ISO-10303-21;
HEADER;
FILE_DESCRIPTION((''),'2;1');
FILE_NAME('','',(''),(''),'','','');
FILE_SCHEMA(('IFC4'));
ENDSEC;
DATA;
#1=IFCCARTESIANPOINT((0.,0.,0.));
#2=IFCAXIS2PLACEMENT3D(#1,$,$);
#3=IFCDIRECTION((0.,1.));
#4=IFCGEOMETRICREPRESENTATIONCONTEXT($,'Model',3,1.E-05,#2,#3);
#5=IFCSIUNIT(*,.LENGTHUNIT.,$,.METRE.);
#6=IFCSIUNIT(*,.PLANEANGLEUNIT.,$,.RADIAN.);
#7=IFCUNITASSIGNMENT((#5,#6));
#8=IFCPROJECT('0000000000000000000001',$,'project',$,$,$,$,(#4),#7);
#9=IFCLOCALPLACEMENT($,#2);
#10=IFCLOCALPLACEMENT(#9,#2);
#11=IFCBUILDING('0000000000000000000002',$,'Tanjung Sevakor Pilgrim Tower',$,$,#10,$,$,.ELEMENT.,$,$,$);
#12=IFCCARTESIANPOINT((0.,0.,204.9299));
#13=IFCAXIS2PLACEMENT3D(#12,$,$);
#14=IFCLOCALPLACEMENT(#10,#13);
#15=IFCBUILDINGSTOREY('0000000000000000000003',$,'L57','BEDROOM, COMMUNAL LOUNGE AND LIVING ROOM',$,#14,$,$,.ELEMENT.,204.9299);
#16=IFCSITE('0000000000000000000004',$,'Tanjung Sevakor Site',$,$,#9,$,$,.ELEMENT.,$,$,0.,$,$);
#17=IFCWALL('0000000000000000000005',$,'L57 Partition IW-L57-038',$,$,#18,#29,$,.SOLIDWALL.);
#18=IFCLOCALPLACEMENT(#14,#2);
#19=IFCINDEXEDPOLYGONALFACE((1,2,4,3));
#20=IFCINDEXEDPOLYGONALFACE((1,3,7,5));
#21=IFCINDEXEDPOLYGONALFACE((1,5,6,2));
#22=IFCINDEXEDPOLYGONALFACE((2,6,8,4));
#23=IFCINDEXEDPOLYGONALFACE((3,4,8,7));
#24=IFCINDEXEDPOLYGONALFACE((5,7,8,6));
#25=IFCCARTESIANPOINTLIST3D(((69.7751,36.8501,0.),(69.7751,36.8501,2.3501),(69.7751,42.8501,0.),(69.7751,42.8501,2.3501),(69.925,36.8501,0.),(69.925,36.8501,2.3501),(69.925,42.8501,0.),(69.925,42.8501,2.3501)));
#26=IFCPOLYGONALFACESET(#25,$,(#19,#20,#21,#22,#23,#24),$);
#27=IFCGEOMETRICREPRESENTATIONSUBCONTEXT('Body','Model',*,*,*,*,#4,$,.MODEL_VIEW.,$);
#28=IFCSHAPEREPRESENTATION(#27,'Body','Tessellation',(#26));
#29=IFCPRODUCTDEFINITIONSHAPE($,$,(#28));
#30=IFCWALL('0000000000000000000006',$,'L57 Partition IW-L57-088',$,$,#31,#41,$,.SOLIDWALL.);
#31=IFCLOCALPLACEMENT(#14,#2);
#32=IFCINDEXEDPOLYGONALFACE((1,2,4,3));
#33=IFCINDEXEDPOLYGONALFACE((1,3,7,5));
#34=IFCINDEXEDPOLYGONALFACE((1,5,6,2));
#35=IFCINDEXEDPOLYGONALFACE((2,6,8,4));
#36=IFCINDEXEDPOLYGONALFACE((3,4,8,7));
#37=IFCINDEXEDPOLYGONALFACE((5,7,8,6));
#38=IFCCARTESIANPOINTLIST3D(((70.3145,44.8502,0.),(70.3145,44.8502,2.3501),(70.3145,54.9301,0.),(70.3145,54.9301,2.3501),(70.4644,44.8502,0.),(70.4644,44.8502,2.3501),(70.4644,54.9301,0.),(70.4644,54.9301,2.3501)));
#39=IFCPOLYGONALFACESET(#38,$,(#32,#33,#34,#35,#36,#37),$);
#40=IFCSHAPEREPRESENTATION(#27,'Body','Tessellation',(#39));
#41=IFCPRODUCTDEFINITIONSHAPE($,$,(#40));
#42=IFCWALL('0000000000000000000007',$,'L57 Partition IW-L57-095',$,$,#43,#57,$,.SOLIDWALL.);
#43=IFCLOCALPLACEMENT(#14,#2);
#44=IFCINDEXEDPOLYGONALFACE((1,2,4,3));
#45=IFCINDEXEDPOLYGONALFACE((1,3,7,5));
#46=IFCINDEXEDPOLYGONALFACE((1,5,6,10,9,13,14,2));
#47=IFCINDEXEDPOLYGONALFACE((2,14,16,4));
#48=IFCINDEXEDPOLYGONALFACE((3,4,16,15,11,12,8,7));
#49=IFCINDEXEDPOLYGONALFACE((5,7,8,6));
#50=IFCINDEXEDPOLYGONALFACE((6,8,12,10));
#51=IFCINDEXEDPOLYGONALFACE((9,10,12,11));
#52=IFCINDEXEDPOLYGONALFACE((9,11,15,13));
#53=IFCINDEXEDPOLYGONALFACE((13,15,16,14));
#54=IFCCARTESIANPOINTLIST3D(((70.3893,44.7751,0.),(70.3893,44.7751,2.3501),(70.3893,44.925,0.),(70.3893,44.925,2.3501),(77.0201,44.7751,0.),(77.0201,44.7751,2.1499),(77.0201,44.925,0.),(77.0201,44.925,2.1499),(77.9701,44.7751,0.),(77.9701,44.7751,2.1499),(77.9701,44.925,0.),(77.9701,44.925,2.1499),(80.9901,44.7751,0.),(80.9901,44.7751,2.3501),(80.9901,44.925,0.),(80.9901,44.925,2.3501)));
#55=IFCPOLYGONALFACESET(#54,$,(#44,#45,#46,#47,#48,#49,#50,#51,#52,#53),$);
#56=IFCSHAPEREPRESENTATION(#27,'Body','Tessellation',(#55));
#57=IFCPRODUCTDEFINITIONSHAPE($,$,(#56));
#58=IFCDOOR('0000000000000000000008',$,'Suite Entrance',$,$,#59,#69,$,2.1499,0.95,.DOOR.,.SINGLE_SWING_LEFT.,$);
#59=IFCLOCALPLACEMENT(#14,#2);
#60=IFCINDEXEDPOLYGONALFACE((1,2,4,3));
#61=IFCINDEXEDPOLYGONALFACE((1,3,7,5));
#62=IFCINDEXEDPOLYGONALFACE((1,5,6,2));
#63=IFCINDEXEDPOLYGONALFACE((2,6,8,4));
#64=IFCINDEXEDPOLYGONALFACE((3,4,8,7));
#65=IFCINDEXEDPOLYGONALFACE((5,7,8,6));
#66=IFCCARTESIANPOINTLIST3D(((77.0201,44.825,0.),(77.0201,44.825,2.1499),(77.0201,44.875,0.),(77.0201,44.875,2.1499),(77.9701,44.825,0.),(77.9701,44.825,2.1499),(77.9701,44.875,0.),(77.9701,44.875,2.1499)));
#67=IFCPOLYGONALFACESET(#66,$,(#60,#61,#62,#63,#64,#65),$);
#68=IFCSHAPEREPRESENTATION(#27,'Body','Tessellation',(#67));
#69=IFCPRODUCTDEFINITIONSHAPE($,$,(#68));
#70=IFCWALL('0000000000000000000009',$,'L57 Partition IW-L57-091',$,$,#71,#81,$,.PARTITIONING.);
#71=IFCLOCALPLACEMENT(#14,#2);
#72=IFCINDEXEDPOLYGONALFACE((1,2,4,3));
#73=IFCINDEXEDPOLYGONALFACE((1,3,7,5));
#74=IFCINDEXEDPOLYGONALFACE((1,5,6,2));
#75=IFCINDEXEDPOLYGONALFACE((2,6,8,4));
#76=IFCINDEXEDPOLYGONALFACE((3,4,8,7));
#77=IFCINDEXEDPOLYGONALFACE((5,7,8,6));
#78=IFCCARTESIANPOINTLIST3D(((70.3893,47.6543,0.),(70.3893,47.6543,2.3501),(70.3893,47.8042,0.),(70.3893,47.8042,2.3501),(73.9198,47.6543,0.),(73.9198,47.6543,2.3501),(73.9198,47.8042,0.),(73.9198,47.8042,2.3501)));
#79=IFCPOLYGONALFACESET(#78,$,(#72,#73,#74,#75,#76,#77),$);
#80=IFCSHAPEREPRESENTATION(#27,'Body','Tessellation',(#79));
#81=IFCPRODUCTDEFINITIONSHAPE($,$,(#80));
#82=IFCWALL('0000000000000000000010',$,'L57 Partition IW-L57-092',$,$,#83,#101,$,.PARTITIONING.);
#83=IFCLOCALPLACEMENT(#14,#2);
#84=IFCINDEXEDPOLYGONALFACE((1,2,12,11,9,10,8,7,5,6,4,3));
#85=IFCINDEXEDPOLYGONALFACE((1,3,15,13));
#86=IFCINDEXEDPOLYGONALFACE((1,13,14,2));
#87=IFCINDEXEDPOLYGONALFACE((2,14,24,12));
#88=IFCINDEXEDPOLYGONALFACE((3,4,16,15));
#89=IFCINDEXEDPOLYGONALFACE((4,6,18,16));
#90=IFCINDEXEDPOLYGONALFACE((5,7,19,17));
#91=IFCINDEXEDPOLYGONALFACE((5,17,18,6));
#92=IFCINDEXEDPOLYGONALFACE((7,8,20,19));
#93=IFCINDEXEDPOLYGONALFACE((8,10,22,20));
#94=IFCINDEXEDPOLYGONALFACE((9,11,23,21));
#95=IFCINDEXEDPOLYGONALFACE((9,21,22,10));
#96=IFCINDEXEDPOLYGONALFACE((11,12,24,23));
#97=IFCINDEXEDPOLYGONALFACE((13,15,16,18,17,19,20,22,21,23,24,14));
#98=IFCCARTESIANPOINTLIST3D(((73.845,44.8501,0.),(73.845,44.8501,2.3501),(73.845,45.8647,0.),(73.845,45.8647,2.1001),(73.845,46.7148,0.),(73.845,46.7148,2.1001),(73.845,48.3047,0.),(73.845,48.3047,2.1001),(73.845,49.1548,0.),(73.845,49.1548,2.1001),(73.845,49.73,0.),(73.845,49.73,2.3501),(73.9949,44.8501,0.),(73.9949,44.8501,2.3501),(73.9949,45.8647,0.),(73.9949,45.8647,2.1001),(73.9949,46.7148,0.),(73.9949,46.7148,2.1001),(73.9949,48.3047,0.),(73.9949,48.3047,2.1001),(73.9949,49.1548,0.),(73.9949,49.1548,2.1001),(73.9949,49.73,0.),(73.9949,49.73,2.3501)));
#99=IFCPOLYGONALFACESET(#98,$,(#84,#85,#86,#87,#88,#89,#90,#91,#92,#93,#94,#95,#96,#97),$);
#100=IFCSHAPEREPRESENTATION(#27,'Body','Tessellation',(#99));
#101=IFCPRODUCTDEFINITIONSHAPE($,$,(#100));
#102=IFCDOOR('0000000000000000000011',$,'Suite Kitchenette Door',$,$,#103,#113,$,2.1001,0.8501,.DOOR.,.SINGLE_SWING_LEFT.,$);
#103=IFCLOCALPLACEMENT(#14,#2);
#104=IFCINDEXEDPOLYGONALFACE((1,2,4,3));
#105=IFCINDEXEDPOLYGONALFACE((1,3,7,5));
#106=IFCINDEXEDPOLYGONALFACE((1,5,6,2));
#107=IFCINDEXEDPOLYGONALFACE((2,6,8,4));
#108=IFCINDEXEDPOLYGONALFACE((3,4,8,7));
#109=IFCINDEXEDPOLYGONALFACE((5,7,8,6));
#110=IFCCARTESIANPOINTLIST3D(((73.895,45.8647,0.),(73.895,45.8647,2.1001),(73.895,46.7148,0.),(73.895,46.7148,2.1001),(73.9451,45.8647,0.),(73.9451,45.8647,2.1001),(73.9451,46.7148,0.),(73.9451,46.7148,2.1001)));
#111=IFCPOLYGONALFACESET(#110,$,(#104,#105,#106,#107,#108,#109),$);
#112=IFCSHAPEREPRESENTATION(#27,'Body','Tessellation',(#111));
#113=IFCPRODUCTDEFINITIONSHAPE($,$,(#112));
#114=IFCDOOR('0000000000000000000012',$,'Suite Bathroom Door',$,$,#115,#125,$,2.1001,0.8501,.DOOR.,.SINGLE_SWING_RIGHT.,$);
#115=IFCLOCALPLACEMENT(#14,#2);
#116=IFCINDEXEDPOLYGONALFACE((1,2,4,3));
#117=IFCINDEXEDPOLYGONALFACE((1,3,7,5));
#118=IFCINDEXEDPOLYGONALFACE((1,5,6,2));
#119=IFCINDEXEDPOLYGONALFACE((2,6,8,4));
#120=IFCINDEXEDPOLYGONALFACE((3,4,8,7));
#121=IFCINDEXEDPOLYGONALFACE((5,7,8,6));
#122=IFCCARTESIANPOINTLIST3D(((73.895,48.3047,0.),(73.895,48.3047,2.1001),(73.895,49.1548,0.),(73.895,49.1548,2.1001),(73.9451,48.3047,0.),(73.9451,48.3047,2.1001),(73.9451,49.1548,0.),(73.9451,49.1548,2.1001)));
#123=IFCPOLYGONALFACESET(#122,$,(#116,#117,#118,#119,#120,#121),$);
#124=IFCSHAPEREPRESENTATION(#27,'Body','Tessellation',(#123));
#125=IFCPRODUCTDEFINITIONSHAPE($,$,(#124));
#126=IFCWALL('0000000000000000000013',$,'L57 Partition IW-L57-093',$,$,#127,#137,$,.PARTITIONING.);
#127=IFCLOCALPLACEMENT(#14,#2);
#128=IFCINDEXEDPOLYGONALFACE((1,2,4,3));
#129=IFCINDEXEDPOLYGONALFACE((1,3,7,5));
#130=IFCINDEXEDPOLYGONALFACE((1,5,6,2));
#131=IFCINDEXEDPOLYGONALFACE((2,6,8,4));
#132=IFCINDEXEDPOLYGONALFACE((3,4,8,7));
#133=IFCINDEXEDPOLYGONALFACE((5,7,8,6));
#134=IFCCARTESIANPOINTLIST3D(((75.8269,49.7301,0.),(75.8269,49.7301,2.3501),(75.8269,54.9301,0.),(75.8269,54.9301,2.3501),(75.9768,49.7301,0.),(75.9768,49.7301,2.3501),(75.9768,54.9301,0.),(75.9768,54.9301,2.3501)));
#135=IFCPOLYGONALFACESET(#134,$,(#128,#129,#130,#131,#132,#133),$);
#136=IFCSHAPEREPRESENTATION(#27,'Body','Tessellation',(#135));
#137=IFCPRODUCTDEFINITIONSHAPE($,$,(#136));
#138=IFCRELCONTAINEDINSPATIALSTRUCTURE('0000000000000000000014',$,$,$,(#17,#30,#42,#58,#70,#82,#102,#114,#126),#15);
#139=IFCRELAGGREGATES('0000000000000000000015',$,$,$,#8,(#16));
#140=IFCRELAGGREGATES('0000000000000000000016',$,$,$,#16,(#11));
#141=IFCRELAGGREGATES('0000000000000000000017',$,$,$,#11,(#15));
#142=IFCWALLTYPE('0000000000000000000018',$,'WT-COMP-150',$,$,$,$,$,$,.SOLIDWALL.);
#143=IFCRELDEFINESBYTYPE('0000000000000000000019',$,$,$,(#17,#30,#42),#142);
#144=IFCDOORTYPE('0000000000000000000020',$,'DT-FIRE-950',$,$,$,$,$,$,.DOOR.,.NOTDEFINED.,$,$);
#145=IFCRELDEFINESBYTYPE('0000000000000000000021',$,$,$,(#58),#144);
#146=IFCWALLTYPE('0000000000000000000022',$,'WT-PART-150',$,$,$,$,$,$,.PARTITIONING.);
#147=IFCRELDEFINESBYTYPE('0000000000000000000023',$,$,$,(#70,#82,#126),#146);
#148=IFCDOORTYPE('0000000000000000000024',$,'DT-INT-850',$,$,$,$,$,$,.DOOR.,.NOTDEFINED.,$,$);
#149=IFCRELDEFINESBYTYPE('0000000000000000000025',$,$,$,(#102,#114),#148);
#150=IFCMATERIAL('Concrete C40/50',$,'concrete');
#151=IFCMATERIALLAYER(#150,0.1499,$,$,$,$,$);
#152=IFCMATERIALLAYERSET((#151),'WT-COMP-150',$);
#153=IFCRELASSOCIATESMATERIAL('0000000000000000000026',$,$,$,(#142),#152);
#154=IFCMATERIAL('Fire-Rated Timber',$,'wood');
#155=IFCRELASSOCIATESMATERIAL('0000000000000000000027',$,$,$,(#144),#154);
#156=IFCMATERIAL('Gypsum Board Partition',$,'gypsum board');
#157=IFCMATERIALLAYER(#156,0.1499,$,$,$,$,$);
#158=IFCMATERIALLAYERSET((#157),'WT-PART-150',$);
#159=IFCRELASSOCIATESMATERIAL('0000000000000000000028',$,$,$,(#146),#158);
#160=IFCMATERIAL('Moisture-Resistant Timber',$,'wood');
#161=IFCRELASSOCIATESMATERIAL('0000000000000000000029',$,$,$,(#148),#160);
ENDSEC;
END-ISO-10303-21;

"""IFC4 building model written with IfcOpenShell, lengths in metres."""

from ifc_helpers import new_model, si_unit, direction, frame, frame_2d, origin, place, context, subcontext, project, spatial, rectangle, extrude, material, layer, layer_set, type_object, element, fill, save


model = new_model("IFC4")

# Units and contexts
model_context = context("Model", 3, precision=1e-05, world=origin(), true_north=direction((0.0, 1.0)))
body_context = subcontext(model_context, "Body", "Model", "MODEL_VIEW")
ifc_project = project(units=[si_unit("LENGTHUNIT", "METRE"), si_unit("PLANEANGLEUNIT", "RADIAN")], contexts=[model_context])

# Site, building, storey
site_placement = place(None, origin())
site = spatial("IfcSite", under=ifc_project, at=site_placement, Name="Tanjung Sevakor Site", CompositionType="ELEMENT", RefElevation=0.0)
building_placement = place(site_placement, origin())
building = spatial("IfcBuilding", under=site, at=building_placement, Name="Tanjung Sevakor Pilgrim Tower", CompositionType="ELEMENT")
storey_placement = place(building_placement, frame((0.0, 0.0, 204.9299)))
storey = spatial("IfcBuildingStorey", under=building, at=storey_placement, Name="L57", Description="BEDROOM, COMMUNAL LOUNGE AND LIVING ROOM", CompositionType="ELEMENT", Elevation=204.9299)

# Shared definitions
ifc_material_1 = material(Name="Concrete C40/50", Category="concrete")
ifc_layer_1 = layer(ifc_material_1, 0.1499)
ifc_layer_set_1 = layer_set([ifc_layer_1], Name="WT-COMP-150")
wall_type_1 = type_object("IfcWallType", Name="WT-COMP-150", PredefinedType="SOLIDWALL", material=ifc_layer_set_1)

# Walls
wall_1_placement = place(storey_placement, frame((69.8501, 36.8501, 0.0), z_axis=(0.0, 0.0, 1.0), x_axis=(0.0, 1.0, 0.0)))
element("IfcWall", 1, at=wall_1_placement, inside=storey, type_object=wall_type_1, Name="L57 Partition IW-L57-038", PredefinedType="SOLIDWALL", context=body_context, shape_type="SweptSolid", body=[
    extrude(rectangle(XDim=6.0, YDim=0.1499, at=frame_2d((3.0, 0.0))), origin(), (0.0, 0.0, 1.0), 2.3501),
])
wall_2_placement = place(storey_placement, frame((70.3894, 44.8501, 0.0), z_axis=(0.0, 0.0, 1.0), x_axis=(0.0, 1.0, 0.0)))
element("IfcWall", 2, at=wall_2_placement, inside=storey, type_object=wall_type_1, Name="L57 Partition IW-L57-088", PredefinedType="SOLIDWALL", context=body_context, shape_type="SweptSolid", body=[
    extrude(rectangle(XDim=10.0798, YDim=0.1499, at=frame_2d((5.04, 0.0))), origin(), (0.0, 0.0, 1.0), 2.3501),
])

# Wall, opening, door
wall_3_placement = place(storey_placement, frame((70.3894, 44.8501, 0.0), z_axis=(0.0, 0.0, 1.0), x_axis=(1.0, 0.0, 0.0)))
wall_3 = element("IfcWall", 3, at=wall_3_placement, inside=storey, type_object=wall_type_1, Name="L57 Partition IW-L57-095", PredefinedType="SOLIDWALL", context=body_context, shape_type="SweptSolid", body=[
    extrude(rectangle(XDim=10.6008, YDim=0.1499, at=frame_2d((5.3003, 0.0))), origin(), (0.0, 0.0, 1.0), 2.3501),
])
opening_1_placement = place(wall_3_placement, frame((6.6306, 0.0, 0.0)))
opening_1 = element("IfcOpeningElement", 4, at=opening_1_placement, cuts=wall_3, PredefinedType="OPENING", context=body_context, shape_type="SweptSolid", body=[
    extrude(rectangle(XDim=0.95, YDim=2.1499, at=frame_2d((0.4751, 1.075))), frame((0.0, 0.085, 0.0), z_axis=(0.0, -1.0, 0.0), x_axis=(1.0, 0.0, 0.0)), (0.0, 0.0, 1.0), 0.1699),
])
ifc_material_2 = material(Name="Fire-Rated Timber", Category="wood")
door_type_1 = type_object("IfcDoorType", Name="DT-FIRE-950", OperationType="NOTDEFINED", PredefinedType="DOOR", material=ifc_material_2)
door_1_placement = place(opening_1_placement, origin())
door_1 = element("IfcDoor", 5, at=door_1_placement, inside=storey, type_object=door_type_1, Name="Suite Entrance", OperationType="SINGLE_SWING_LEFT", OverallHeight=2.1499, OverallWidth=0.95, PredefinedType="DOOR", context=body_context, shape_type="SweptSolid", body=[
    extrude(rectangle(XDim=0.95, YDim=2.1499, at=frame_2d((0.4751, 1.075))), frame((0.0, 0.0249, 0.0), z_axis=(0.0, -1.0, 0.0), x_axis=(1.0, 0.0, 0.0)), (0.0, 0.0, 1.0), 0.05),
])
fill(opening_1, door_1)

# Wall
ifc_material_3 = material(Name="Gypsum Board Partition", Category="gypsum board")
ifc_layer_2 = layer(ifc_material_3, 0.1499)
ifc_layer_set_2 = layer_set([ifc_layer_2], Name="WT-PART-150")
wall_type_2 = type_object("IfcWallType", Name="WT-PART-150", PredefinedType="PARTITIONING", material=ifc_layer_set_2)
wall_4_placement = place(storey_placement, frame((70.3894, 47.7292, 0.0), z_axis=(0.0, 0.0, 1.0), x_axis=(1.0, 0.0, 0.0)))
element("IfcWall", 6, at=wall_4_placement, inside=storey, type_object=wall_type_2, Name="L57 Partition IW-L57-091", PredefinedType="PARTITIONING", context=body_context, shape_type="SweptSolid", body=[
    extrude(rectangle(XDim=3.5305, YDim=0.1499, at=frame_2d((1.7651, 0.0))), origin(), (0.0, 0.0, 1.0), 2.3501),
])

# Wall, openings, doors
wall_5_placement = place(storey_placement, frame((73.9199, 44.8501, 0.0), z_axis=(0.0, 0.0, 1.0), x_axis=(0.0, 1.0, 0.0)))
wall_5 = element("IfcWall", 7, at=wall_5_placement, inside=storey, type_object=wall_type_2, Name="L57 Partition IW-L57-092", PredefinedType="PARTITIONING", context=body_context, shape_type="SweptSolid", body=[
    extrude(rectangle(XDim=4.8799, YDim=0.1499, at=frame_2d((2.4399, 0.0))), origin(), (0.0, 0.0, 1.0), 2.3501),
])
opening_2_placement = place(wall_5_placement, frame((1.0146, 0.0, 0.0)))
opening_2 = element("IfcOpeningElement", 8, at=opening_2_placement, cuts=wall_5, PredefinedType="OPENING", context=body_context, shape_type="SweptSolid", body=[
    extrude(rectangle(XDim=0.8501, YDim=2.1001, at=frame_2d((0.425, 1.05))), frame((0.0, 0.085, 0.0), z_axis=(0.0, -1.0, 0.0), x_axis=(1.0, 0.0, 0.0)), (0.0, 0.0, 1.0), 0.1699),
])
opening_3_placement = place(wall_5_placement, frame((3.4546, 0.0, 0.0)))
opening_3 = element("IfcOpeningElement", 9, at=opening_3_placement, cuts=wall_5, PredefinedType="OPENING", context=body_context, shape_type="SweptSolid", body=[
    extrude(rectangle(XDim=0.8501, YDim=2.1001, at=frame_2d((0.425, 1.05))), frame((0.0, 0.085, 0.0), z_axis=(0.0, -1.0, 0.0), x_axis=(1.0, 0.0, 0.0)), (0.0, 0.0, 1.0), 0.1699),
])
ifc_material_4 = material(Name="Moisture-Resistant Timber", Category="wood")
door_type_2 = type_object("IfcDoorType", Name="DT-INT-850", OperationType="NOTDEFINED", PredefinedType="DOOR", material=ifc_material_4)
door_2_placement = place(opening_2_placement, origin())
door_2 = element("IfcDoor", 10, at=door_2_placement, inside=storey, type_object=door_type_2, Name="Suite Kitchenette Door", OperationType="SINGLE_SWING_LEFT", OverallHeight=2.1001, OverallWidth=0.8501, PredefinedType="DOOR", context=body_context, shape_type="SweptSolid", body=[
    extrude(rectangle(XDim=0.8501, YDim=2.1001, at=frame_2d((0.425, 1.05))), frame((0.0, 0.0249, 0.0), z_axis=(0.0, -1.0, 0.0), x_axis=(1.0, 0.0, 0.0)), (0.0, 0.0, 1.0), 0.05),
])
fill(opening_2, door_2)
door_3_placement = place(opening_3_placement, origin())
door_3 = element("IfcDoor", 11, at=door_3_placement, inside=storey, type_object=door_type_2, Name="Suite Bathroom Door", OperationType="SINGLE_SWING_RIGHT", OverallHeight=2.1001, OverallWidth=0.8501, PredefinedType="DOOR", context=body_context, shape_type="SweptSolid", body=[
    extrude(rectangle(XDim=0.8501, YDim=2.1001, at=frame_2d((0.425, 1.05))), frame((0.0, 0.0249, 0.0), z_axis=(0.0, -1.0, 0.0), x_axis=(1.0, 0.0, 0.0)), (0.0, 0.0, 1.0), 0.05),
])
fill(opening_3, door_3)

# Wall
wall_6_placement = place(storey_placement, frame((75.9019, 49.73, 0.0), z_axis=(0.0, 0.0, 1.0), x_axis=(0.0, 1.0, 0.0)))
element("IfcWall", 12, at=wall_6_placement, inside=storey, type_object=wall_type_2, Name="L57 Partition IW-L57-093", PredefinedType="PARTITIONING", context=body_context, shape_type="SweptSolid", body=[
    extrude(rectangle(XDim=5.2, YDim=0.1499, at=frame_2d((2.6001, 0.0))), origin(), (0.0, 0.0, 1.0), 2.3501),
])

save(model, "model.ifc")
